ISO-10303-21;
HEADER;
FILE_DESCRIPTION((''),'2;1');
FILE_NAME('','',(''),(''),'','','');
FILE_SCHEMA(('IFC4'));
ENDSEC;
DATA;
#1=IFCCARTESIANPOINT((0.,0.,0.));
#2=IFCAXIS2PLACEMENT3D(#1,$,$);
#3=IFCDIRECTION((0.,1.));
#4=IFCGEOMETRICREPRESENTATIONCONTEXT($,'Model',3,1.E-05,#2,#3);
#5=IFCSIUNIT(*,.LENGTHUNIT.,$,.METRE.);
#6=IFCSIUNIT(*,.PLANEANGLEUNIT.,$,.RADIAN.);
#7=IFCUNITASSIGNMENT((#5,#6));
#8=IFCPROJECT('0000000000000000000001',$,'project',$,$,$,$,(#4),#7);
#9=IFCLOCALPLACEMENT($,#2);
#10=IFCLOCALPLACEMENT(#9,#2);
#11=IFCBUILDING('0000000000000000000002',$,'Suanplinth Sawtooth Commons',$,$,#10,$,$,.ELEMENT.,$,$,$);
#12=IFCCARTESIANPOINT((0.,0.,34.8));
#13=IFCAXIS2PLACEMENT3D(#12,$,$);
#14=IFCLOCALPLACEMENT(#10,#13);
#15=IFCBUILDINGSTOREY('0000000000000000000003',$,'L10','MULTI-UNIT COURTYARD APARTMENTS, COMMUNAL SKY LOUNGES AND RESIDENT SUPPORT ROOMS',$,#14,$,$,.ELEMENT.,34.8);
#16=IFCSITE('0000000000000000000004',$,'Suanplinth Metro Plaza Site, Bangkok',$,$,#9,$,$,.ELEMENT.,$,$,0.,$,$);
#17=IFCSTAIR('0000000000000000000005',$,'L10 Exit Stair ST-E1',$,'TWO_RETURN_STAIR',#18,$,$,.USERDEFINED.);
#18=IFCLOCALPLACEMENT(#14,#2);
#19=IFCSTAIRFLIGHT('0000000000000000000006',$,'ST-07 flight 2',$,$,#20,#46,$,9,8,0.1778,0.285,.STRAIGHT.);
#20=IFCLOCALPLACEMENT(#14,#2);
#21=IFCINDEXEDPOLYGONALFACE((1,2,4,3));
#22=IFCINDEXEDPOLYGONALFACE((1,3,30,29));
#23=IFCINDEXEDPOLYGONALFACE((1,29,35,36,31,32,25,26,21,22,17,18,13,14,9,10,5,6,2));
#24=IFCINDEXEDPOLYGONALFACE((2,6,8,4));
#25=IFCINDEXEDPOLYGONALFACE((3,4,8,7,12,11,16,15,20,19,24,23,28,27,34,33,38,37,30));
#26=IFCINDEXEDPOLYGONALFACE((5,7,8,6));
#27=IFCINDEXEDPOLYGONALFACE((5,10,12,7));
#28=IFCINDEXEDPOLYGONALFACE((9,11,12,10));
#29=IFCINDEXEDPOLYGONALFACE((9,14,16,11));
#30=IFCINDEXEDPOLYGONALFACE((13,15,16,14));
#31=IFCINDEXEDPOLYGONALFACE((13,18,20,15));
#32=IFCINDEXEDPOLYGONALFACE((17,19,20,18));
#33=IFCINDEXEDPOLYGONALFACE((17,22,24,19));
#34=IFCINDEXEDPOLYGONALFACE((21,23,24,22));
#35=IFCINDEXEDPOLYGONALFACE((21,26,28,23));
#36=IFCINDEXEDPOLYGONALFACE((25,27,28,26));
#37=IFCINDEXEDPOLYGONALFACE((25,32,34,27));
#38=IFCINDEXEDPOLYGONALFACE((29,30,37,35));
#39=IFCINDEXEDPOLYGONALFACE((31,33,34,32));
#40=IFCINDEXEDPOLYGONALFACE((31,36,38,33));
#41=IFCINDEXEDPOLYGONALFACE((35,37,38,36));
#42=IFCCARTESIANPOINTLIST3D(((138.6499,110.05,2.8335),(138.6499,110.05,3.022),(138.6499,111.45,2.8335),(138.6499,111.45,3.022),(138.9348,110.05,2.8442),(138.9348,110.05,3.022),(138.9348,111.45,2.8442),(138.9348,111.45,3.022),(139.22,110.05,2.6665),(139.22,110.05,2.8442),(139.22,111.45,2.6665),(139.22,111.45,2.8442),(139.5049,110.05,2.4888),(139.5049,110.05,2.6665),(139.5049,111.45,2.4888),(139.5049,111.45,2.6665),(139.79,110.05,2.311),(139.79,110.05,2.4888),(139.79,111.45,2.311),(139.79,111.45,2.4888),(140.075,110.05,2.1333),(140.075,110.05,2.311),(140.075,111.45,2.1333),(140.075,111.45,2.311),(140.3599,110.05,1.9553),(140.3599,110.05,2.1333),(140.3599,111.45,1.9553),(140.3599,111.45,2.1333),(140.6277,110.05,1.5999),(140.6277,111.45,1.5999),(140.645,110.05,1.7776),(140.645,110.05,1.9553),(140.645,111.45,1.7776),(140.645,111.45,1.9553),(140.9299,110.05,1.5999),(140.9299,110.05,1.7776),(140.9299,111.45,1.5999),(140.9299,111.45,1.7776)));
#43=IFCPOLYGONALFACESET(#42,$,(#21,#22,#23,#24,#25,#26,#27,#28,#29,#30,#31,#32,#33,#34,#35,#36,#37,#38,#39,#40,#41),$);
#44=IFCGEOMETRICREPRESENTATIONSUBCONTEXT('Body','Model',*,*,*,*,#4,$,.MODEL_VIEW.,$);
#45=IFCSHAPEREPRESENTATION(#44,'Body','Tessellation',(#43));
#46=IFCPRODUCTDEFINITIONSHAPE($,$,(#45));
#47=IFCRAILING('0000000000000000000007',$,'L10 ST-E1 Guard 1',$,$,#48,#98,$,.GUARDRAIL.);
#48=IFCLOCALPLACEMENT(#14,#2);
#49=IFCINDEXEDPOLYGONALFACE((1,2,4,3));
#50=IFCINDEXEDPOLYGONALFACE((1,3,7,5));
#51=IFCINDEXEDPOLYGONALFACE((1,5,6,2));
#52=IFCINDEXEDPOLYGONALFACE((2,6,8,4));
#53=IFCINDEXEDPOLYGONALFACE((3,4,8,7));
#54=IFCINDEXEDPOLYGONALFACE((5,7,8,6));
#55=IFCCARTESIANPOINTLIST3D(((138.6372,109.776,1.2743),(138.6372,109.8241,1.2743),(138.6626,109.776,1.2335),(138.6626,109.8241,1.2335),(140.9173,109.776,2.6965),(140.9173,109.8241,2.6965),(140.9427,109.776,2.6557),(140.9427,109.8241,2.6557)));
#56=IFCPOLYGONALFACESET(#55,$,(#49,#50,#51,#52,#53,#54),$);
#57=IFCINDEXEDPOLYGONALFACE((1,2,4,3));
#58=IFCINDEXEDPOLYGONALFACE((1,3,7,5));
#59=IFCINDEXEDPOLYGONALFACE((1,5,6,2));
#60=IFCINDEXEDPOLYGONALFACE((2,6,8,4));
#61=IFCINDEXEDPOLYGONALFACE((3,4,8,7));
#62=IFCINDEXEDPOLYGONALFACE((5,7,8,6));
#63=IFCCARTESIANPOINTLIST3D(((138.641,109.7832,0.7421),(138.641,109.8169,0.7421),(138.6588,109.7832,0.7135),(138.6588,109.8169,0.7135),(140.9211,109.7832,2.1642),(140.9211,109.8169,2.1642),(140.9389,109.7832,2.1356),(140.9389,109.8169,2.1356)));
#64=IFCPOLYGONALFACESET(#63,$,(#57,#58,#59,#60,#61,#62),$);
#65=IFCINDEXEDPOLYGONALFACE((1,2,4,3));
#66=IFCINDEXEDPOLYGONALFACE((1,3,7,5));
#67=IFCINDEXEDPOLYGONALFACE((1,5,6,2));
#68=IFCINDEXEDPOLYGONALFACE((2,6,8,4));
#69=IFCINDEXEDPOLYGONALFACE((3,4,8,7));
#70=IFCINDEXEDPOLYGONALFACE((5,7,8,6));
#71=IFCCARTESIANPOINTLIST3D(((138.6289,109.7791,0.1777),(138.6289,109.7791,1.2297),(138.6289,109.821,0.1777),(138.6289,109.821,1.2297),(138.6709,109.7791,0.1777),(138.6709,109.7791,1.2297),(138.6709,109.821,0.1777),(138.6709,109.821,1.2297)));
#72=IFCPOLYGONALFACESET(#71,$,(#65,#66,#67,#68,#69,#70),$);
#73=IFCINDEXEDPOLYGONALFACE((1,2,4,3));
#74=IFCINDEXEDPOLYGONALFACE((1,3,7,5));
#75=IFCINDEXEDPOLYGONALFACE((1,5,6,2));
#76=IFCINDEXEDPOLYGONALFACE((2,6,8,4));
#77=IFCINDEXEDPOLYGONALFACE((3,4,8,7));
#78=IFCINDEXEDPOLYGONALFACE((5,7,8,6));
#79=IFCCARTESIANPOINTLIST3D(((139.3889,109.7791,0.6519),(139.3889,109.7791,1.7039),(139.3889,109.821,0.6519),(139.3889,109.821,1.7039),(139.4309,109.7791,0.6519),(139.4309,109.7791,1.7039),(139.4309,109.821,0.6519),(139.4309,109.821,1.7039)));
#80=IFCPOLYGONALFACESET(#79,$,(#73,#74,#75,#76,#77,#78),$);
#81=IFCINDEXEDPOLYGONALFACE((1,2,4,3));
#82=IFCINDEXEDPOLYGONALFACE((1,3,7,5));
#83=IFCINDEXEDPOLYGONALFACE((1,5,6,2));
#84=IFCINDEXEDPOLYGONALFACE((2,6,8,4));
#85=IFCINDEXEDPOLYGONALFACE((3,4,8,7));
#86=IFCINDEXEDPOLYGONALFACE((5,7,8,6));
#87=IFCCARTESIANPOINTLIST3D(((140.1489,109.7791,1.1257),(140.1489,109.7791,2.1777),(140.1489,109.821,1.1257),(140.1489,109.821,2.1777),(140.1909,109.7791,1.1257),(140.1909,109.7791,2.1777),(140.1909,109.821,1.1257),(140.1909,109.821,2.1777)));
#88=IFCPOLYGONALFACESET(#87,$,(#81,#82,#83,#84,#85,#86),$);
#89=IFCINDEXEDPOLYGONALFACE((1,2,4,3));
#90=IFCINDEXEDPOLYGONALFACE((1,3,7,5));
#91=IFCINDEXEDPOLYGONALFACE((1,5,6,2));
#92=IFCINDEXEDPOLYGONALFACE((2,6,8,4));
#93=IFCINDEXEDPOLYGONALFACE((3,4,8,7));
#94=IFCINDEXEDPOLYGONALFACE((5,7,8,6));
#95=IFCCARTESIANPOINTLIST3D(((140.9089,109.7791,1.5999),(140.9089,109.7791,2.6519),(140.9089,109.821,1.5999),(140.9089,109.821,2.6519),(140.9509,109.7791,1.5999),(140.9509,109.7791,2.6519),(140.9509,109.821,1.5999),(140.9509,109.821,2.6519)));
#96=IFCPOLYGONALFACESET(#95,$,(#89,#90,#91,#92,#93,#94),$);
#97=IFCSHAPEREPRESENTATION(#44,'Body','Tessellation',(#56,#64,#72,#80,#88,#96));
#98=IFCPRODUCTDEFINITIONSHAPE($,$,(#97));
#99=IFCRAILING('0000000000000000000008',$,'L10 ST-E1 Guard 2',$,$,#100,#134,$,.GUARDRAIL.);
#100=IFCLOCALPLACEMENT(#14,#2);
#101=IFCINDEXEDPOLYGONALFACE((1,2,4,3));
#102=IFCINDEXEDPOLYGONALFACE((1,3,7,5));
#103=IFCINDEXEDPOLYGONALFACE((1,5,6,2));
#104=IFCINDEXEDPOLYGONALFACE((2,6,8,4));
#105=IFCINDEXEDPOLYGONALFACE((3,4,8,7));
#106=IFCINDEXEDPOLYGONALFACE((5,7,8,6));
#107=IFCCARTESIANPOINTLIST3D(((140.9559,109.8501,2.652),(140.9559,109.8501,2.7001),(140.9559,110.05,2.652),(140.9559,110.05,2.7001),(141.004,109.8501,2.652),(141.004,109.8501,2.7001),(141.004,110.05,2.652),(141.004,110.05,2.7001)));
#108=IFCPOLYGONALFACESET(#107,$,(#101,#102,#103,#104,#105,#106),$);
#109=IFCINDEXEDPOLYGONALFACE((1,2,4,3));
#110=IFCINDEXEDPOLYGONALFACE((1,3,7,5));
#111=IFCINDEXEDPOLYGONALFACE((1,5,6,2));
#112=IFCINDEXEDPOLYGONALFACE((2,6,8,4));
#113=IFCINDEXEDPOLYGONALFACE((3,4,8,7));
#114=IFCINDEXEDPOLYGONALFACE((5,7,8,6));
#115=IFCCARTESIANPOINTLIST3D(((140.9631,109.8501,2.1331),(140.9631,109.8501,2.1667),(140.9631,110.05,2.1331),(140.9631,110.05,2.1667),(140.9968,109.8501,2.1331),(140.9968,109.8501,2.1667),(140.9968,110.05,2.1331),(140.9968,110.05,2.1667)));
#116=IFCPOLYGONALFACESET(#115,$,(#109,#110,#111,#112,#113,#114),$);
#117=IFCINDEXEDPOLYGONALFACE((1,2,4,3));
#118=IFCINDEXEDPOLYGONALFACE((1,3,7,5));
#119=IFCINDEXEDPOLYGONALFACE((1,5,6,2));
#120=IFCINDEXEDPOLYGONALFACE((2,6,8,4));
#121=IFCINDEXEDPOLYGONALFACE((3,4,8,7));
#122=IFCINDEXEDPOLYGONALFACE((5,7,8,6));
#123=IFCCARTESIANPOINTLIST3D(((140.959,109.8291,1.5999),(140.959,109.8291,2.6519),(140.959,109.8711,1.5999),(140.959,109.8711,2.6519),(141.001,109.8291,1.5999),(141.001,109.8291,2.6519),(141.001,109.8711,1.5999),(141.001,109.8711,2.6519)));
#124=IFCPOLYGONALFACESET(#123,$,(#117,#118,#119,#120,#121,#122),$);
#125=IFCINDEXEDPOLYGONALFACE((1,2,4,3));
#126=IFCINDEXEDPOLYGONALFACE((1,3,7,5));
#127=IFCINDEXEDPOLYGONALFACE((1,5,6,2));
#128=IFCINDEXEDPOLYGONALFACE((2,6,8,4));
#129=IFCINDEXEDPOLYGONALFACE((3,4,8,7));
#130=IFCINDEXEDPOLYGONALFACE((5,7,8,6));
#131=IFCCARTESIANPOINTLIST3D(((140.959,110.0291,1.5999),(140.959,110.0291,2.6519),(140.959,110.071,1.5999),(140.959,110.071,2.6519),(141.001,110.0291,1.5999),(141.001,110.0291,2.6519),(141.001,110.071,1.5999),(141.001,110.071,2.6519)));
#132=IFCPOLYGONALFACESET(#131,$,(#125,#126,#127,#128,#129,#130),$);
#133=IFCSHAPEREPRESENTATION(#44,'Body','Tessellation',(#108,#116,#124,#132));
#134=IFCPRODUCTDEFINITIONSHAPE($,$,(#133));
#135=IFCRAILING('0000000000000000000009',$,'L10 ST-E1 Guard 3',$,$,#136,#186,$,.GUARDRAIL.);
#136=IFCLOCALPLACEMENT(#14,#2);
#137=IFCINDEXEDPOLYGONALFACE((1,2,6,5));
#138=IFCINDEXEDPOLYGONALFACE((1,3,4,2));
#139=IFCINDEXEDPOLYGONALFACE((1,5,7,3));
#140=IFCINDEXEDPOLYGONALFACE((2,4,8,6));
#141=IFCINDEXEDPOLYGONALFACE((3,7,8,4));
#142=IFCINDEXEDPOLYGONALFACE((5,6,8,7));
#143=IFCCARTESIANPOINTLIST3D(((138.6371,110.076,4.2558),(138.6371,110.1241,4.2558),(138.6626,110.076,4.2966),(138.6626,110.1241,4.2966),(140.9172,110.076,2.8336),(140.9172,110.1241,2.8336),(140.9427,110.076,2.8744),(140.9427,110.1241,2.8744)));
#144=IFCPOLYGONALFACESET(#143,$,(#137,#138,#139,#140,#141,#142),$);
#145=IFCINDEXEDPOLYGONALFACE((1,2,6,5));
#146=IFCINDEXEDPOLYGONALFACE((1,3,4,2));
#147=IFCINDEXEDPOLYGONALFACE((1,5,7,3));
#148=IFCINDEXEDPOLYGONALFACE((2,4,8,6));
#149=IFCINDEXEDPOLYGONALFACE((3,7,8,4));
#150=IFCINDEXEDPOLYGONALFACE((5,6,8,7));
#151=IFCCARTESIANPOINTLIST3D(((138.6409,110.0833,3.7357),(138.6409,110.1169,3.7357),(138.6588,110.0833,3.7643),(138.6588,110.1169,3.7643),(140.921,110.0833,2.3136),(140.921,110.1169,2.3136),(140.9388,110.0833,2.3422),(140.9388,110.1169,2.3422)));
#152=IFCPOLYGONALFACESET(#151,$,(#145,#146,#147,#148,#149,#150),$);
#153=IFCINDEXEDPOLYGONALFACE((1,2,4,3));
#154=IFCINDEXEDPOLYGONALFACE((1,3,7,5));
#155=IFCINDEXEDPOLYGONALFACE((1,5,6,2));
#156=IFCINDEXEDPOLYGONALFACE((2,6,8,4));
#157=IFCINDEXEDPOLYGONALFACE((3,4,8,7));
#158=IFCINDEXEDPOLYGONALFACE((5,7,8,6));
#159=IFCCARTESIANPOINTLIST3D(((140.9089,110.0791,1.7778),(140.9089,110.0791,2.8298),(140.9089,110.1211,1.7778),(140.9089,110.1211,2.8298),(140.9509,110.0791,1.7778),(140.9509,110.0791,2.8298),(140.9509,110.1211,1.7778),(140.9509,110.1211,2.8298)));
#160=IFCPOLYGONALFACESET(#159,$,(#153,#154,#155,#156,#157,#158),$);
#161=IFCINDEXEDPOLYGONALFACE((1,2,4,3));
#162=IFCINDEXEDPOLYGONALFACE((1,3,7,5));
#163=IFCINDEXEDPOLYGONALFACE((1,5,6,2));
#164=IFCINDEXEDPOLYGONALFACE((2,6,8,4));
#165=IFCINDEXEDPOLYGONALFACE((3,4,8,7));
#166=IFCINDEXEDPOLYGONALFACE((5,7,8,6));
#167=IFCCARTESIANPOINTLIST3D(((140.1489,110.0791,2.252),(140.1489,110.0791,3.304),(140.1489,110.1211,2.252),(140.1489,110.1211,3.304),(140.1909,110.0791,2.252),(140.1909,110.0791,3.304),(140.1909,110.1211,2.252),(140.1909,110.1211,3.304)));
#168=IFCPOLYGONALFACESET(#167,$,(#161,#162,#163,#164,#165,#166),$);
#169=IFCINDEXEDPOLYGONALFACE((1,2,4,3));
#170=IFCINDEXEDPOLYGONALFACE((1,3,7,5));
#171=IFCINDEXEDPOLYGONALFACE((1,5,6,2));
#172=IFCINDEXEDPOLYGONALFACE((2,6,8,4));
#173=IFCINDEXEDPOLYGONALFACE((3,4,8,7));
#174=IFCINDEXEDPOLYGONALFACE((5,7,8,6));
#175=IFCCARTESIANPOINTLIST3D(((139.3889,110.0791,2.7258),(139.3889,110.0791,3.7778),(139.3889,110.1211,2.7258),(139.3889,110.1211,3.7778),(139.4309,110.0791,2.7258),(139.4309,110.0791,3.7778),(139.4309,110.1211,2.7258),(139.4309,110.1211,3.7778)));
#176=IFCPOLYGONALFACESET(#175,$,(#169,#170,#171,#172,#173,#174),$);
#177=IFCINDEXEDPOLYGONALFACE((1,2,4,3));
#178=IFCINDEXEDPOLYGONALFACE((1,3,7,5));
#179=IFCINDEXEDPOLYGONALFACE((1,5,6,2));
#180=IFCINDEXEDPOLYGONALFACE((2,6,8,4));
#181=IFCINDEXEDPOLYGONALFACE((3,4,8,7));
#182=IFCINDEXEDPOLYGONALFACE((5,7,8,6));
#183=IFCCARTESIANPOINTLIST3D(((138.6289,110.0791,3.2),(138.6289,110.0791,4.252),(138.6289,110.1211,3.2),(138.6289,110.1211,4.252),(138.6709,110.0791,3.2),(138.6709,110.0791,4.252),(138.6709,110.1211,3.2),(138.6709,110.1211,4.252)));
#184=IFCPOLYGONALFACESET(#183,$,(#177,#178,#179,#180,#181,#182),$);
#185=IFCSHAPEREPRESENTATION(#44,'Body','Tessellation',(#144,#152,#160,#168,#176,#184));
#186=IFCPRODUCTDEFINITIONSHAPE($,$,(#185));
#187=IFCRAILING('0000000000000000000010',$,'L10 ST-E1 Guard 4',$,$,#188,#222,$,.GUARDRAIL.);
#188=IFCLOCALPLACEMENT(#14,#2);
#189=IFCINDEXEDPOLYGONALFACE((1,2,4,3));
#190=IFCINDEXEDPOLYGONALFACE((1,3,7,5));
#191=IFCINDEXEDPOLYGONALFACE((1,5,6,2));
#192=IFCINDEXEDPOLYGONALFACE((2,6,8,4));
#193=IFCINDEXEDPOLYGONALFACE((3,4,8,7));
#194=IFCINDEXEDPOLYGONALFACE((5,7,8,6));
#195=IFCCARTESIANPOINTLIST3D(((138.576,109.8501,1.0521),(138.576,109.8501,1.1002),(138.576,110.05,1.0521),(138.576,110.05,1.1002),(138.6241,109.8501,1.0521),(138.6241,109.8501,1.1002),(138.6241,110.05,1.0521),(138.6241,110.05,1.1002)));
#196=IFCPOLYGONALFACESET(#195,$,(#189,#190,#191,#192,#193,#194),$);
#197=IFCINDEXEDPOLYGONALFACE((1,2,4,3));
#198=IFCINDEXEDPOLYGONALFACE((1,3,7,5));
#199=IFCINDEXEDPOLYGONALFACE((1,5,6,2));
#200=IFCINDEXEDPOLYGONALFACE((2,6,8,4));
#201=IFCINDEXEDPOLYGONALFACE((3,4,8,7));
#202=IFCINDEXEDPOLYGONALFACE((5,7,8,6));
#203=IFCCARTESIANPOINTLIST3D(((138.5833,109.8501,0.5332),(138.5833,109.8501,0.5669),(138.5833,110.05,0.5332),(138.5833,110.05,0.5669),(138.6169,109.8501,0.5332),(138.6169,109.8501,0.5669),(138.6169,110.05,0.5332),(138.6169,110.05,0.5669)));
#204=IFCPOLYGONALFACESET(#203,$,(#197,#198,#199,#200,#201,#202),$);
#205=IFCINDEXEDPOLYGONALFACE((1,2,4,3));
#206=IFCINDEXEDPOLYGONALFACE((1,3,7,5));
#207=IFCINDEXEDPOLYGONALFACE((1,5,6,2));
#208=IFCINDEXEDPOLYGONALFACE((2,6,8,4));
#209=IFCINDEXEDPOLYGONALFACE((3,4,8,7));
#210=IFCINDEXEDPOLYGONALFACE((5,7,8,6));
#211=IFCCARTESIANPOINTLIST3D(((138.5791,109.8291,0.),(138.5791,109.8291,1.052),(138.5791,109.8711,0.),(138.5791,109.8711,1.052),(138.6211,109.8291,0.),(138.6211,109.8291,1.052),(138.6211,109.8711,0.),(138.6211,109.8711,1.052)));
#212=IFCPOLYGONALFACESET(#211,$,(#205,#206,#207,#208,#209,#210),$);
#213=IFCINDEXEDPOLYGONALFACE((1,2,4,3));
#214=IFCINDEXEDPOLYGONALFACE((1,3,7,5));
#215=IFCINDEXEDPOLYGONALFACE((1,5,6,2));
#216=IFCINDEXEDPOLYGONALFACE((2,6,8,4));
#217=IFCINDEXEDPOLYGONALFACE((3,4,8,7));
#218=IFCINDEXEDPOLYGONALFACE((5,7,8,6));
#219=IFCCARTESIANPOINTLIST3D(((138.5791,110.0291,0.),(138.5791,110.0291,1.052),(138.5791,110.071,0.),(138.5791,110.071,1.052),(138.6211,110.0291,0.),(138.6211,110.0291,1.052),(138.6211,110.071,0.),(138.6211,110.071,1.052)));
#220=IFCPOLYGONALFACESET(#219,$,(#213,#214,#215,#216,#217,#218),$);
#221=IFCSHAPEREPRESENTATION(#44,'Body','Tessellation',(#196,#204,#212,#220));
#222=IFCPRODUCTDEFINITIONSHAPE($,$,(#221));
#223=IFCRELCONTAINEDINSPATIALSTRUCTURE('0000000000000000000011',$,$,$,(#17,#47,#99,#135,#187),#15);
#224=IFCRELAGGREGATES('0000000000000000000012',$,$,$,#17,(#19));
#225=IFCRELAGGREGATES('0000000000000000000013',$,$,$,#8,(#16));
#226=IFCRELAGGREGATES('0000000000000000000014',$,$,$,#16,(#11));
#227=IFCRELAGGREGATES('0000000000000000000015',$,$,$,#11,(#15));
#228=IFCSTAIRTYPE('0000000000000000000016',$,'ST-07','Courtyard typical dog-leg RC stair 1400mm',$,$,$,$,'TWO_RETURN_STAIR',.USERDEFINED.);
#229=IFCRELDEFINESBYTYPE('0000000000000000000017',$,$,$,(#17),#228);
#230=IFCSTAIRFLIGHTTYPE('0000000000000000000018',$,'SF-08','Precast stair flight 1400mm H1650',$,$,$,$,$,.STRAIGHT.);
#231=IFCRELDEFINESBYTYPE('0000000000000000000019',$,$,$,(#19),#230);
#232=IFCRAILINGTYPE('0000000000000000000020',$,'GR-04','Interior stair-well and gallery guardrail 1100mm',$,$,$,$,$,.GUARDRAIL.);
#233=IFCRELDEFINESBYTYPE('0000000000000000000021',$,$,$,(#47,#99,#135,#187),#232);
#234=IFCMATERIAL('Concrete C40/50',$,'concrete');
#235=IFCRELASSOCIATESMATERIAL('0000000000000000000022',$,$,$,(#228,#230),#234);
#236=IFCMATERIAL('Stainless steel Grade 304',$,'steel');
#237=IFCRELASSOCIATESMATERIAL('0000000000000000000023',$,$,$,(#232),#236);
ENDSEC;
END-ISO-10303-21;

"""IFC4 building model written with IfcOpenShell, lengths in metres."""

from ifc_helpers import new_model, si_unit, direction, frame, origin, origin_2d, place, context, subcontext, project, spatial, polyline, rectangle, outline, extrude, material, type_object, element, aggregate, save


model = new_model("IFC4")

# Units and contexts
model_context = context("Model", 3, precision=1e-05, world=origin(), true_north=direction((0.0, 1.0)))
body_context = subcontext(model_context, "Body", "Model", "MODEL_VIEW")
ifc_project = project(units=[si_unit("LENGTHUNIT", "METRE"), si_unit("PLANEANGLEUNIT", "RADIAN")], contexts=[model_context])

# Site, building, storey
site_placement = place(None, origin())
site = spatial("IfcSite", under=ifc_project, at=site_placement, Name="Suanplinth Metro Plaza Site, Bangkok", CompositionType="ELEMENT", RefElevation=0.0)
building_placement = place(site_placement, origin())
building = spatial("IfcBuilding", under=site, at=building_placement, Name="Suanplinth Sawtooth Commons", CompositionType="ELEMENT")
storey_placement = place(building_placement, frame((0.0, 0.0, 34.8)))
storey = spatial("IfcBuildingStorey", under=building, at=storey_placement, Name="L10", Description="MULTI-UNIT COURTYARD APARTMENTS, COMMUNAL SKY LOUNGES AND RESIDENT SUPPORT ROOMS", CompositionType="ELEMENT", Elevation=34.8)

# Shared definitions
ifc_material_1 = material(Name="Concrete C40/50", Category="concrete")

# Shared definitions
ifc_material_2 = material(Name="Stainless steel Grade 304", Category="steel")

# Stair, stair flight
stair_type = type_object("IfcStairType", Name="ST-07", Description="Courtyard typical dog-leg RC stair 1400mm", ElementType="TWO_RETURN_STAIR", PredefinedType="USERDEFINED", material=ifc_material_1)
stair_placement = place(storey_placement, origin())
stair = element("IfcStair", 1, at=stair_placement, inside=storey, type_object=stair_type, Name="L10 Exit Stair ST-E1", ObjectType="TWO_RETURN_STAIR", PredefinedType="USERDEFINED")
stair_flight_type = type_object("IfcStairFlightType", Name="SF-08", Description="Precast stair flight 1400mm H1650", PredefinedType="STRAIGHT", material=ifc_material_1)
stair_flight_1_placement = place(storey_placement, frame((140.9299, 110.75, 1.5999), z_axis=(0.0, 0.0, 1.0), x_axis=(-1.0, 0.0, 0.0)))
stair_flight_1 = element("IfcStairFlight", 2, at=stair_flight_1_placement, type_object=stair_flight_type, Name="ST-07 flight 2", NumberOfRisers=9, NumberOfTreads=8, PredefinedType="STRAIGHT", RiserHeight=0.1778, TreadLength=0.285, context=body_context, shape_type="SweptSolid", body=[
    extrude(outline(polyline([(0.0, 0.0), (0.0, 0.1777), (0.2849, 0.1777), (0.2849, 0.3555), (0.5701, 0.3555), (0.5701, 0.5334), (0.855, 0.5334), (0.855, 0.7112), (1.1399, 0.7112), (1.1399, 0.8889), (1.425, 0.8889), (1.425, 1.0667), (1.71, 1.0667), (1.71, 1.2444), (1.9951, 1.2444), (1.9951, 1.4221), (2.28, 1.4221), (2.28, 1.6001), (2.28, 1.2336), (0.3022, 0.0), (0.0, 0.0)])), frame((0.0, 0.7, 0.0), z_axis=(0.0, -1.0, 0.0), x_axis=(1.0, 0.0, 0.0)), (0.0, 0.0, 1.0), 1.3999),
])
aggregate(stair, [stair_flight_1])

# Railings
railing_type_1 = type_object("IfcRailingType", Name="GR-04", Description="Interior stair-well and gallery guardrail 1100mm", PredefinedType="GUARDRAIL", material=ifc_material_2)
railing_1_placement = place(storey_placement, frame((138.6499, 109.8, 0.1777)))
element("IfcRailing", 3, at=railing_1_placement, inside=storey, type_object=railing_type_1, Name="L10 ST-E1 Guard 1", PredefinedType="GUARDRAIL", context=body_context, shape_type="SweptSolid", body=[
    extrude(rectangle(XDim=0.0481, YDim=0.0481, at=origin_2d()), frame((0.0, 0.0, 1.0762), z_axis=(0.848483, 0.0, 0.529223), x_axis=(0.0, 1.0, 0.0)), (0.0, 0.0, 1.0), 2.6873),
    extrude(rectangle(XDim=0.0337, YDim=0.0337, at=origin_2d()), frame((0.0, 0.0, 0.55), z_axis=(0.848483, 0.0, 0.529223), x_axis=(0.0, 1.0, 0.0)), (0.0, 0.0, 1.0), 2.6873),
    extrude(rectangle(XDim=0.042, YDim=0.042, at=origin_2d()), origin(), (0.0, 0.0, 1.0), 1.052),
    extrude(rectangle(XDim=0.042, YDim=0.042, at=origin_2d()), frame((0.76, 0.0, 0.4741)), (0.0, 0.0, 1.0), 1.052),
    extrude(rectangle(XDim=0.042, YDim=0.042, at=origin_2d()), frame((1.52, 0.0, 0.948)), (0.0, 0.0, 1.0), 1.052),
    extrude(rectangle(XDim=0.042, YDim=0.042, at=origin_2d()), frame((2.28, 0.0, 1.4221)), (0.0, 0.0, 1.0), 1.052),
])
railing_2_placement = place(storey_placement, frame((140.98, 109.8501, 1.5999)))
element("IfcRailing", 4, at=railing_2_placement, inside=storey, type_object=railing_type_1, Name="L10 ST-E1 Guard 2", PredefinedType="GUARDRAIL", context=body_context, shape_type="SweptSolid", body=[
    extrude(rectangle(XDim=0.0481, YDim=0.0481, at=origin_2d()), frame((0.0, 0.0, 1.0762), z_axis=(0.0, 1.0, 0.0), x_axis=(-1.0, 0.0, 0.0)), (0.0, 0.0, 1.0), 0.2),
    extrude(rectangle(XDim=0.0337, YDim=0.0337, at=origin_2d()), frame((0.0, 0.0, 0.55), z_axis=(0.0, 1.0, 0.0), x_axis=(-1.0, 0.0, 0.0)), (0.0, 0.0, 1.0), 0.2),
    extrude(rectangle(XDim=0.042, YDim=0.042, at=origin_2d()), origin(), (0.0, 0.0, 1.0), 1.052),
    extrude(rectangle(XDim=0.042, YDim=0.042, at=origin_2d()), frame((0.0, 0.2, 0.0)), (0.0, 0.0, 1.0), 1.052),
])
railing_3_placement = place(storey_placement, frame((140.9299, 110.1001, 1.7778)))
element("IfcRailing", 5, at=railing_3_placement, inside=storey, type_object=railing_type_1, Name="L10 ST-E1 Guard 3", PredefinedType="GUARDRAIL", context=body_context, shape_type="SweptSolid", body=[
    extrude(rectangle(XDim=0.0481, YDim=0.0481, at=origin_2d()), frame((0.0, 0.0, 1.0762), z_axis=(-0.848483, 0.0, 0.529223), x_axis=(0.0, -1.0, 0.0)), (0.0, 0.0, 1.0), 2.6873),
    extrude(rectangle(XDim=0.0337, YDim=0.0337, at=origin_2d()), frame((0.0, 0.0, 0.55), z_axis=(-0.848483, 0.0, 0.529223), x_axis=(0.0, -1.0, 0.0)), (0.0, 0.0, 1.0), 2.6873),
    extrude(rectangle(XDim=0.042, YDim=0.042, at=origin_2d()), origin(), (0.0, 0.0, 1.0), 1.052),
    extrude(rectangle(XDim=0.042, YDim=0.042, at=origin_2d()), frame((-0.76, 0.0, 0.4741)), (0.0, 0.0, 1.0), 1.052),
    extrude(rectangle(XDim=0.042, YDim=0.042, at=origin_2d()), frame((-1.52, 0.0, 0.948)), (0.0, 0.0, 1.0), 1.052),
    extrude(rectangle(XDim=0.042, YDim=0.042, at=origin_2d()), frame((-2.28, 0.0, 1.4221)), (0.0, 0.0, 1.0), 1.052),
])
railing_4_placement = place(storey_placement, frame((138.6001, 109.8501, 0.0)))
element("IfcRailing", 6, at=railing_4_placement, inside=storey, type_object=railing_type_1, Name="L10 ST-E1 Guard 4", PredefinedType="GUARDRAIL", context=body_context, shape_type="SweptSolid", body=[
    extrude(rectangle(XDim=0.0481, YDim=0.0481, at=origin_2d()), frame((0.0, 0.0, 1.0762), z_axis=(0.0, 1.0, 0.0), x_axis=(-1.0, 0.0, 0.0)), (0.0, 0.0, 1.0), 0.2),
    extrude(rectangle(XDim=0.0337, YDim=0.0337, at=origin_2d()), frame((0.0, 0.0, 0.55), z_axis=(0.0, 1.0, 0.0), x_axis=(-1.0, 0.0, 0.0)), (0.0, 0.0, 1.0), 0.2),
    extrude(rectangle(XDim=0.042, YDim=0.042, at=origin_2d()), origin(), (0.0, 0.0, 1.0), 1.052),
    extrude(rectangle(XDim=0.042, YDim=0.042, at=origin_2d()), frame((0.0, 0.2, 0.0)), (0.0, 0.0, 1.0), 1.052),
])

save(model, "model.ifc")
